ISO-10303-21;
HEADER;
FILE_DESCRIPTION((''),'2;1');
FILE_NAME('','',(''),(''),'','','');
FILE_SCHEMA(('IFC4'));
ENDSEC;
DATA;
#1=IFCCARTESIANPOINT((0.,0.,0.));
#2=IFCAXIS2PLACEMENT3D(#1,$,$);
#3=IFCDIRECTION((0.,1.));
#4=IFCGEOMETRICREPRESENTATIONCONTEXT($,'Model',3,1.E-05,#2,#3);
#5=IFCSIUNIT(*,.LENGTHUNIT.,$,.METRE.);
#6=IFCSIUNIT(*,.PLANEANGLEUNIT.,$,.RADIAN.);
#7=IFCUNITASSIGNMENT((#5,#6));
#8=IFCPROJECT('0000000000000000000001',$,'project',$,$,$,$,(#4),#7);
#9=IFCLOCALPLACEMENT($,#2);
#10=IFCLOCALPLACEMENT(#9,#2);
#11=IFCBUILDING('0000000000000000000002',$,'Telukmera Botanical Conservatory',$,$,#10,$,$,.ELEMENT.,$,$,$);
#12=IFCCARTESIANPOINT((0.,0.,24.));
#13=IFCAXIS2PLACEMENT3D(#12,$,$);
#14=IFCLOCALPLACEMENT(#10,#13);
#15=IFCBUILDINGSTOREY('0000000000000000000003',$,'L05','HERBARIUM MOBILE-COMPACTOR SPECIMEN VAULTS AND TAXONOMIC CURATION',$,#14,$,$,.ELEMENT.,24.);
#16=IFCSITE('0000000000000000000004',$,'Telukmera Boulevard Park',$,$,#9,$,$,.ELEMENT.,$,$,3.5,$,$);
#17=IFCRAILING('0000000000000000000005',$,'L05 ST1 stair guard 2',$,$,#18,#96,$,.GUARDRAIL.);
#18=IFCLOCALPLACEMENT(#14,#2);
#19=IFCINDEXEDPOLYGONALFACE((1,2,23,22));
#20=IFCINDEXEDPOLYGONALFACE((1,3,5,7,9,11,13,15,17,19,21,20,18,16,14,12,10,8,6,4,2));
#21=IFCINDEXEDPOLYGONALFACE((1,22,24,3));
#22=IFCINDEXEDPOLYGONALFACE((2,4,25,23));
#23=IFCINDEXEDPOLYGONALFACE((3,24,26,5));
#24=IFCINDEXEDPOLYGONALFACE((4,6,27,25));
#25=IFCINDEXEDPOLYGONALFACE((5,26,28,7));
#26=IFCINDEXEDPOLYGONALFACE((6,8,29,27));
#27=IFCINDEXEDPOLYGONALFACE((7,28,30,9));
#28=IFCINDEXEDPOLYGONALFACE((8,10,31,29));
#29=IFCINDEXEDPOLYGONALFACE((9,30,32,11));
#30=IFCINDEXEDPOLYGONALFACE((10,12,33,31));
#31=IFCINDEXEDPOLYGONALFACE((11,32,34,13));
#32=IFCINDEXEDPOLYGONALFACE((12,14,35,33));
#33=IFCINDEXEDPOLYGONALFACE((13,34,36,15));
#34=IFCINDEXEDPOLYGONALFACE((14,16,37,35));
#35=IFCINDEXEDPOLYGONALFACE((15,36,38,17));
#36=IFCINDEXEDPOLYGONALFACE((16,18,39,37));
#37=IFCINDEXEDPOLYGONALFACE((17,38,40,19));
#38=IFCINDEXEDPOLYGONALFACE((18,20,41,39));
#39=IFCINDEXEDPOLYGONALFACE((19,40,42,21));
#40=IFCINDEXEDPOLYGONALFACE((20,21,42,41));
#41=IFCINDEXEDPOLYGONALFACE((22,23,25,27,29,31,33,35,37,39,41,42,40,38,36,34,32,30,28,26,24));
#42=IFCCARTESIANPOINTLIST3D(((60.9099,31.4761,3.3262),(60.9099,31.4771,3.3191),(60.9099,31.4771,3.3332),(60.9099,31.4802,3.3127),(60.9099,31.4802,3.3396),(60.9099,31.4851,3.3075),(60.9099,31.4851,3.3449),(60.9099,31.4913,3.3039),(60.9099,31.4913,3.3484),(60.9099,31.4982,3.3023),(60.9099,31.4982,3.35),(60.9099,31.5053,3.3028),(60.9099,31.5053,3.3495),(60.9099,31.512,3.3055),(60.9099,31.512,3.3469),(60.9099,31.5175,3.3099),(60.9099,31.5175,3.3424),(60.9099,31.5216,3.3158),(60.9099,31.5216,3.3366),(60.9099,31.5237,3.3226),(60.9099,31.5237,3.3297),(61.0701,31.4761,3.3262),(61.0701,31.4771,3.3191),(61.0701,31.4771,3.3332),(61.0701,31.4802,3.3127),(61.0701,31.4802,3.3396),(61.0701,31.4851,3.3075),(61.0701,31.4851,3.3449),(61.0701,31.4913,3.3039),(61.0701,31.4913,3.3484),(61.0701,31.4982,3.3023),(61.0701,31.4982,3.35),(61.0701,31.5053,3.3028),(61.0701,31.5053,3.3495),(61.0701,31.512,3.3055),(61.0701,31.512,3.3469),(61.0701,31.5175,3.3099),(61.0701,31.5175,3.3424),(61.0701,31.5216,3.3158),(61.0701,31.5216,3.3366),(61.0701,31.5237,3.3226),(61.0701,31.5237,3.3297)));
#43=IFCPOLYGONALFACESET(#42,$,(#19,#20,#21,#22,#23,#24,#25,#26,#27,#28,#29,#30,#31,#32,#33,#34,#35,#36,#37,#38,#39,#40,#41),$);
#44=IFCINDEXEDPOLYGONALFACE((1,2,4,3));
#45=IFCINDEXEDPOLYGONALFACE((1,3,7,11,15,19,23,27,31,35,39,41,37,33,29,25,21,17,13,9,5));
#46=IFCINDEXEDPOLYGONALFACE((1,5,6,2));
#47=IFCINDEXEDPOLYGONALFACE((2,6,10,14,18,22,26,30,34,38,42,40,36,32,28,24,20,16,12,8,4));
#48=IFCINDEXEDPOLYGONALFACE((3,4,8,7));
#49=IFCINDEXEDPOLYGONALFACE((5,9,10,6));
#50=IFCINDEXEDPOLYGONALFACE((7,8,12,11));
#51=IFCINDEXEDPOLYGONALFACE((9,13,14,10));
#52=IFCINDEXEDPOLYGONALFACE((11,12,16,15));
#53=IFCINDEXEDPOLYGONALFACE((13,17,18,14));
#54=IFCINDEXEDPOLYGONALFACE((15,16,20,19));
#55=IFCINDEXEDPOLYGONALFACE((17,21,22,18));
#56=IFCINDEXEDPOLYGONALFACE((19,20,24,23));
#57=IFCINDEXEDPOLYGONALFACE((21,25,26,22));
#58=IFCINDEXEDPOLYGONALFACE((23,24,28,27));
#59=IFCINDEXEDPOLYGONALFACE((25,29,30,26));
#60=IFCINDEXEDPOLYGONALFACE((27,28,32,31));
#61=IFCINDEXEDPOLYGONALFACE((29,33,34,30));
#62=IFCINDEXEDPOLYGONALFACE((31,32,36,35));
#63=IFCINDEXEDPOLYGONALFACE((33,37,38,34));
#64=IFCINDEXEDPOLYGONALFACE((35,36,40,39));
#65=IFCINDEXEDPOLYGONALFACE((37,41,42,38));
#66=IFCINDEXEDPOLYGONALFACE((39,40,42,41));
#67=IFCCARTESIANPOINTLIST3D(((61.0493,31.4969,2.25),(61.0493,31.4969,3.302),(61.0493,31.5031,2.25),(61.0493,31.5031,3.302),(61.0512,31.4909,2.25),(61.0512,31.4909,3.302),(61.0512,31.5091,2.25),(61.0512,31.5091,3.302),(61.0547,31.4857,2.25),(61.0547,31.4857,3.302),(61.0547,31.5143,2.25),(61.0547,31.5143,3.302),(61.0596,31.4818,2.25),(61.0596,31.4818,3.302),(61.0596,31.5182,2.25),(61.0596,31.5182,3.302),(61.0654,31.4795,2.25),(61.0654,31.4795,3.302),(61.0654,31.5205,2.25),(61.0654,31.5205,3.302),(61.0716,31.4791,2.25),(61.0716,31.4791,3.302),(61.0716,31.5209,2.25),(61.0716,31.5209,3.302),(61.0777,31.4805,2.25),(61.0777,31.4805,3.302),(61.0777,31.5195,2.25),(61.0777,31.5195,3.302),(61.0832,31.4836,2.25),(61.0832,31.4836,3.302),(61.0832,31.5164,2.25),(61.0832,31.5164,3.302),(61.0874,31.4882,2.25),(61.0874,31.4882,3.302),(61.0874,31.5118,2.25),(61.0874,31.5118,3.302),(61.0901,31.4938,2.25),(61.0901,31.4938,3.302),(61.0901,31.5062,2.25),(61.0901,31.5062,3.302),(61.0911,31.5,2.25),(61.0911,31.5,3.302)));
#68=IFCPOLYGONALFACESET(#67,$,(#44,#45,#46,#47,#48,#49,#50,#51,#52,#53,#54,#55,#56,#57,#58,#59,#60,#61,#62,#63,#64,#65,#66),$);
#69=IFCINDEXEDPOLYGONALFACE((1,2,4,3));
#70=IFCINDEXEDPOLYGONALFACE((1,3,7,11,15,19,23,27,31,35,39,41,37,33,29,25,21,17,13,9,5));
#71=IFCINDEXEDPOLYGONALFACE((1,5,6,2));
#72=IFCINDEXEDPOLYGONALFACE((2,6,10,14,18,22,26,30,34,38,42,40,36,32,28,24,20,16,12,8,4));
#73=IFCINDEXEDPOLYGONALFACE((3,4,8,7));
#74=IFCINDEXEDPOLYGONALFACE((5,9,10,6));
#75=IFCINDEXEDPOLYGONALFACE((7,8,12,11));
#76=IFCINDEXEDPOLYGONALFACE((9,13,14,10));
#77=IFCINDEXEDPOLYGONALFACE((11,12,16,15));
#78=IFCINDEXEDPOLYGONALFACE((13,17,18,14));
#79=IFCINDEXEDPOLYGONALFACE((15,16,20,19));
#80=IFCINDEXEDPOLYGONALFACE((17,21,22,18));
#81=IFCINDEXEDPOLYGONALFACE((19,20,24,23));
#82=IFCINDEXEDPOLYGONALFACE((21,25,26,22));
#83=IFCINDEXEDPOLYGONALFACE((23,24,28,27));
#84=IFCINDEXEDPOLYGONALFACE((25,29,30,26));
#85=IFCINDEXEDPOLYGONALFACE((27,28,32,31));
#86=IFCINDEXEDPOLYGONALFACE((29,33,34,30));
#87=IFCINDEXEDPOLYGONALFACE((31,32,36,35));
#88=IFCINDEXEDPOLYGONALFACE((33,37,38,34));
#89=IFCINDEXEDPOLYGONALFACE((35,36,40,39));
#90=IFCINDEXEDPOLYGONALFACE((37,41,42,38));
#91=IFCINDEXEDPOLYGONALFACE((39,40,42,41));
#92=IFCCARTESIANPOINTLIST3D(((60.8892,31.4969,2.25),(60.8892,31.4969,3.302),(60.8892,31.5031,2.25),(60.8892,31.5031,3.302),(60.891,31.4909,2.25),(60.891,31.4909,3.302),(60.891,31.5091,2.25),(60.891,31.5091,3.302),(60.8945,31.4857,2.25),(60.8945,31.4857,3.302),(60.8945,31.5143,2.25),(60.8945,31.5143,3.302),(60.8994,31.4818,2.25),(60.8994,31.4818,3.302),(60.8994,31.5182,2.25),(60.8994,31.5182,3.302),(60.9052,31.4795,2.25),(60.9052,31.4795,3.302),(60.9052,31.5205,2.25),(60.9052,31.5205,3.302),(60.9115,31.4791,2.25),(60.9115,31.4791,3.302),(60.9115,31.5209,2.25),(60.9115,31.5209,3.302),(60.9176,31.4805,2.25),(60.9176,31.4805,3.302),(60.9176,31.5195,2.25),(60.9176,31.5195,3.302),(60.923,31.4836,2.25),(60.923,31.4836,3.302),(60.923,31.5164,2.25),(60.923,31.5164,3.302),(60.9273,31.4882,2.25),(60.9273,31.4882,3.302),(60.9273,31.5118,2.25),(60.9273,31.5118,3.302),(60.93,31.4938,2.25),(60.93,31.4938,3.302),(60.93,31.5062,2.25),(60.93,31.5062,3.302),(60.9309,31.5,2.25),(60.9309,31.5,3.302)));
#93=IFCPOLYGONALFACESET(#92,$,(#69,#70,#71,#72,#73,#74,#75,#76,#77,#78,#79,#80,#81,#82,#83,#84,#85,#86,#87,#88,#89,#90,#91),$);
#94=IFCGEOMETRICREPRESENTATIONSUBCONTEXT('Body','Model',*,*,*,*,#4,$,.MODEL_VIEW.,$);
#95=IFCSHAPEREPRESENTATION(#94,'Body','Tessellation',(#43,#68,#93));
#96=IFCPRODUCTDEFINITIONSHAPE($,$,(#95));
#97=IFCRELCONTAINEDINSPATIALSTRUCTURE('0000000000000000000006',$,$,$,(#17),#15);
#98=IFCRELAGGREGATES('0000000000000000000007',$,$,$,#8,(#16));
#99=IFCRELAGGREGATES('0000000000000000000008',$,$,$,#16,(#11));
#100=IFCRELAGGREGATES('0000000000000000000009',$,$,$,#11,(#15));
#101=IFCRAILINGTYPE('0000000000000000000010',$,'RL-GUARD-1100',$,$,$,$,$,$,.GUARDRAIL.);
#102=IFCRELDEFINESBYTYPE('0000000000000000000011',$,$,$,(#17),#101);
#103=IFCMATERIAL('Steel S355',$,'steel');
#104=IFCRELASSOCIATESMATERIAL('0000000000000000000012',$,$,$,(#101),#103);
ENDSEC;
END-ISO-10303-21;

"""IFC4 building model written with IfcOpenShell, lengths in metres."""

from ifc_helpers import new_model, si_unit, direction, frame, origin, origin_2d, place, context, subcontext, project, spatial, circle, extrude, material, type_object, element, save


model = new_model("IFC4")

# Units and contexts
model_context = context("Model", 3, precision=1e-05, world=origin(), true_north=direction((0.0, 1.0)))
body_context = subcontext(model_context, "Body", "Model", "MODEL_VIEW")
ifc_project = project(units=[si_unit("LENGTHUNIT", "METRE"), si_unit("PLANEANGLEUNIT", "RADIAN")], contexts=[model_context])

# Site, building, storey
site_placement = place(None, origin())
site = spatial("IfcSite", under=ifc_project, at=site_placement, Name="Telukmera Boulevard Park", CompositionType="ELEMENT", RefElevation=3.5)
building_placement = place(site_placement, origin())
building = spatial("IfcBuilding", under=site, at=building_placement, Name="Telukmera Botanical Conservatory", CompositionType="ELEMENT")
storey_placement = place(building_placement, frame((0.0, 0.0, 24.0)))
storey = spatial("IfcBuildingStorey", under=building, at=storey_placement, Name="L05", Description="HERBARIUM MOBILE-COMPACTOR SPECIMEN VAULTS AND TAXONOMIC CURATION", CompositionType="ELEMENT", Elevation=24.0)

# Railing
ifc_material_1 = material(Name="Steel S355", Category="steel")
railing_type_1 = type_object("IfcRailingType", Name="RL-GUARD-1100", PredefinedType="GUARDRAIL", material=ifc_material_1)
railing_1_placement = place(storey_placement, frame((61.0701, 31.5, 2.25)))
element("IfcRailing", 1, at=railing_1_placement, inside=storey, type_object=railing_type_1, Name="L05 ST1 stair guard 2", PredefinedType="GUARDRAIL", context=body_context, shape_type="SweptSolid", body=[
    extrude(circle(Radius=0.0239, at=origin_2d()), frame((0.0, 0.0, 1.0762), z_axis=(-1.0, 0.0, 0.0), x_axis=(0.0, -1.0, 0.0)), (0.0, 0.0, 1.0), 0.1602),
    extrude(circle(Radius=0.021, at=origin_2d()), origin(), (0.0, 0.0, 1.0), 1.052),
    extrude(circle(Radius=0.021, at=origin_2d()), frame((-0.1602, 0.0, 0.0)), (0.0, 0.0, 1.0), 1.052),
])

save(model, "model.ifc")
